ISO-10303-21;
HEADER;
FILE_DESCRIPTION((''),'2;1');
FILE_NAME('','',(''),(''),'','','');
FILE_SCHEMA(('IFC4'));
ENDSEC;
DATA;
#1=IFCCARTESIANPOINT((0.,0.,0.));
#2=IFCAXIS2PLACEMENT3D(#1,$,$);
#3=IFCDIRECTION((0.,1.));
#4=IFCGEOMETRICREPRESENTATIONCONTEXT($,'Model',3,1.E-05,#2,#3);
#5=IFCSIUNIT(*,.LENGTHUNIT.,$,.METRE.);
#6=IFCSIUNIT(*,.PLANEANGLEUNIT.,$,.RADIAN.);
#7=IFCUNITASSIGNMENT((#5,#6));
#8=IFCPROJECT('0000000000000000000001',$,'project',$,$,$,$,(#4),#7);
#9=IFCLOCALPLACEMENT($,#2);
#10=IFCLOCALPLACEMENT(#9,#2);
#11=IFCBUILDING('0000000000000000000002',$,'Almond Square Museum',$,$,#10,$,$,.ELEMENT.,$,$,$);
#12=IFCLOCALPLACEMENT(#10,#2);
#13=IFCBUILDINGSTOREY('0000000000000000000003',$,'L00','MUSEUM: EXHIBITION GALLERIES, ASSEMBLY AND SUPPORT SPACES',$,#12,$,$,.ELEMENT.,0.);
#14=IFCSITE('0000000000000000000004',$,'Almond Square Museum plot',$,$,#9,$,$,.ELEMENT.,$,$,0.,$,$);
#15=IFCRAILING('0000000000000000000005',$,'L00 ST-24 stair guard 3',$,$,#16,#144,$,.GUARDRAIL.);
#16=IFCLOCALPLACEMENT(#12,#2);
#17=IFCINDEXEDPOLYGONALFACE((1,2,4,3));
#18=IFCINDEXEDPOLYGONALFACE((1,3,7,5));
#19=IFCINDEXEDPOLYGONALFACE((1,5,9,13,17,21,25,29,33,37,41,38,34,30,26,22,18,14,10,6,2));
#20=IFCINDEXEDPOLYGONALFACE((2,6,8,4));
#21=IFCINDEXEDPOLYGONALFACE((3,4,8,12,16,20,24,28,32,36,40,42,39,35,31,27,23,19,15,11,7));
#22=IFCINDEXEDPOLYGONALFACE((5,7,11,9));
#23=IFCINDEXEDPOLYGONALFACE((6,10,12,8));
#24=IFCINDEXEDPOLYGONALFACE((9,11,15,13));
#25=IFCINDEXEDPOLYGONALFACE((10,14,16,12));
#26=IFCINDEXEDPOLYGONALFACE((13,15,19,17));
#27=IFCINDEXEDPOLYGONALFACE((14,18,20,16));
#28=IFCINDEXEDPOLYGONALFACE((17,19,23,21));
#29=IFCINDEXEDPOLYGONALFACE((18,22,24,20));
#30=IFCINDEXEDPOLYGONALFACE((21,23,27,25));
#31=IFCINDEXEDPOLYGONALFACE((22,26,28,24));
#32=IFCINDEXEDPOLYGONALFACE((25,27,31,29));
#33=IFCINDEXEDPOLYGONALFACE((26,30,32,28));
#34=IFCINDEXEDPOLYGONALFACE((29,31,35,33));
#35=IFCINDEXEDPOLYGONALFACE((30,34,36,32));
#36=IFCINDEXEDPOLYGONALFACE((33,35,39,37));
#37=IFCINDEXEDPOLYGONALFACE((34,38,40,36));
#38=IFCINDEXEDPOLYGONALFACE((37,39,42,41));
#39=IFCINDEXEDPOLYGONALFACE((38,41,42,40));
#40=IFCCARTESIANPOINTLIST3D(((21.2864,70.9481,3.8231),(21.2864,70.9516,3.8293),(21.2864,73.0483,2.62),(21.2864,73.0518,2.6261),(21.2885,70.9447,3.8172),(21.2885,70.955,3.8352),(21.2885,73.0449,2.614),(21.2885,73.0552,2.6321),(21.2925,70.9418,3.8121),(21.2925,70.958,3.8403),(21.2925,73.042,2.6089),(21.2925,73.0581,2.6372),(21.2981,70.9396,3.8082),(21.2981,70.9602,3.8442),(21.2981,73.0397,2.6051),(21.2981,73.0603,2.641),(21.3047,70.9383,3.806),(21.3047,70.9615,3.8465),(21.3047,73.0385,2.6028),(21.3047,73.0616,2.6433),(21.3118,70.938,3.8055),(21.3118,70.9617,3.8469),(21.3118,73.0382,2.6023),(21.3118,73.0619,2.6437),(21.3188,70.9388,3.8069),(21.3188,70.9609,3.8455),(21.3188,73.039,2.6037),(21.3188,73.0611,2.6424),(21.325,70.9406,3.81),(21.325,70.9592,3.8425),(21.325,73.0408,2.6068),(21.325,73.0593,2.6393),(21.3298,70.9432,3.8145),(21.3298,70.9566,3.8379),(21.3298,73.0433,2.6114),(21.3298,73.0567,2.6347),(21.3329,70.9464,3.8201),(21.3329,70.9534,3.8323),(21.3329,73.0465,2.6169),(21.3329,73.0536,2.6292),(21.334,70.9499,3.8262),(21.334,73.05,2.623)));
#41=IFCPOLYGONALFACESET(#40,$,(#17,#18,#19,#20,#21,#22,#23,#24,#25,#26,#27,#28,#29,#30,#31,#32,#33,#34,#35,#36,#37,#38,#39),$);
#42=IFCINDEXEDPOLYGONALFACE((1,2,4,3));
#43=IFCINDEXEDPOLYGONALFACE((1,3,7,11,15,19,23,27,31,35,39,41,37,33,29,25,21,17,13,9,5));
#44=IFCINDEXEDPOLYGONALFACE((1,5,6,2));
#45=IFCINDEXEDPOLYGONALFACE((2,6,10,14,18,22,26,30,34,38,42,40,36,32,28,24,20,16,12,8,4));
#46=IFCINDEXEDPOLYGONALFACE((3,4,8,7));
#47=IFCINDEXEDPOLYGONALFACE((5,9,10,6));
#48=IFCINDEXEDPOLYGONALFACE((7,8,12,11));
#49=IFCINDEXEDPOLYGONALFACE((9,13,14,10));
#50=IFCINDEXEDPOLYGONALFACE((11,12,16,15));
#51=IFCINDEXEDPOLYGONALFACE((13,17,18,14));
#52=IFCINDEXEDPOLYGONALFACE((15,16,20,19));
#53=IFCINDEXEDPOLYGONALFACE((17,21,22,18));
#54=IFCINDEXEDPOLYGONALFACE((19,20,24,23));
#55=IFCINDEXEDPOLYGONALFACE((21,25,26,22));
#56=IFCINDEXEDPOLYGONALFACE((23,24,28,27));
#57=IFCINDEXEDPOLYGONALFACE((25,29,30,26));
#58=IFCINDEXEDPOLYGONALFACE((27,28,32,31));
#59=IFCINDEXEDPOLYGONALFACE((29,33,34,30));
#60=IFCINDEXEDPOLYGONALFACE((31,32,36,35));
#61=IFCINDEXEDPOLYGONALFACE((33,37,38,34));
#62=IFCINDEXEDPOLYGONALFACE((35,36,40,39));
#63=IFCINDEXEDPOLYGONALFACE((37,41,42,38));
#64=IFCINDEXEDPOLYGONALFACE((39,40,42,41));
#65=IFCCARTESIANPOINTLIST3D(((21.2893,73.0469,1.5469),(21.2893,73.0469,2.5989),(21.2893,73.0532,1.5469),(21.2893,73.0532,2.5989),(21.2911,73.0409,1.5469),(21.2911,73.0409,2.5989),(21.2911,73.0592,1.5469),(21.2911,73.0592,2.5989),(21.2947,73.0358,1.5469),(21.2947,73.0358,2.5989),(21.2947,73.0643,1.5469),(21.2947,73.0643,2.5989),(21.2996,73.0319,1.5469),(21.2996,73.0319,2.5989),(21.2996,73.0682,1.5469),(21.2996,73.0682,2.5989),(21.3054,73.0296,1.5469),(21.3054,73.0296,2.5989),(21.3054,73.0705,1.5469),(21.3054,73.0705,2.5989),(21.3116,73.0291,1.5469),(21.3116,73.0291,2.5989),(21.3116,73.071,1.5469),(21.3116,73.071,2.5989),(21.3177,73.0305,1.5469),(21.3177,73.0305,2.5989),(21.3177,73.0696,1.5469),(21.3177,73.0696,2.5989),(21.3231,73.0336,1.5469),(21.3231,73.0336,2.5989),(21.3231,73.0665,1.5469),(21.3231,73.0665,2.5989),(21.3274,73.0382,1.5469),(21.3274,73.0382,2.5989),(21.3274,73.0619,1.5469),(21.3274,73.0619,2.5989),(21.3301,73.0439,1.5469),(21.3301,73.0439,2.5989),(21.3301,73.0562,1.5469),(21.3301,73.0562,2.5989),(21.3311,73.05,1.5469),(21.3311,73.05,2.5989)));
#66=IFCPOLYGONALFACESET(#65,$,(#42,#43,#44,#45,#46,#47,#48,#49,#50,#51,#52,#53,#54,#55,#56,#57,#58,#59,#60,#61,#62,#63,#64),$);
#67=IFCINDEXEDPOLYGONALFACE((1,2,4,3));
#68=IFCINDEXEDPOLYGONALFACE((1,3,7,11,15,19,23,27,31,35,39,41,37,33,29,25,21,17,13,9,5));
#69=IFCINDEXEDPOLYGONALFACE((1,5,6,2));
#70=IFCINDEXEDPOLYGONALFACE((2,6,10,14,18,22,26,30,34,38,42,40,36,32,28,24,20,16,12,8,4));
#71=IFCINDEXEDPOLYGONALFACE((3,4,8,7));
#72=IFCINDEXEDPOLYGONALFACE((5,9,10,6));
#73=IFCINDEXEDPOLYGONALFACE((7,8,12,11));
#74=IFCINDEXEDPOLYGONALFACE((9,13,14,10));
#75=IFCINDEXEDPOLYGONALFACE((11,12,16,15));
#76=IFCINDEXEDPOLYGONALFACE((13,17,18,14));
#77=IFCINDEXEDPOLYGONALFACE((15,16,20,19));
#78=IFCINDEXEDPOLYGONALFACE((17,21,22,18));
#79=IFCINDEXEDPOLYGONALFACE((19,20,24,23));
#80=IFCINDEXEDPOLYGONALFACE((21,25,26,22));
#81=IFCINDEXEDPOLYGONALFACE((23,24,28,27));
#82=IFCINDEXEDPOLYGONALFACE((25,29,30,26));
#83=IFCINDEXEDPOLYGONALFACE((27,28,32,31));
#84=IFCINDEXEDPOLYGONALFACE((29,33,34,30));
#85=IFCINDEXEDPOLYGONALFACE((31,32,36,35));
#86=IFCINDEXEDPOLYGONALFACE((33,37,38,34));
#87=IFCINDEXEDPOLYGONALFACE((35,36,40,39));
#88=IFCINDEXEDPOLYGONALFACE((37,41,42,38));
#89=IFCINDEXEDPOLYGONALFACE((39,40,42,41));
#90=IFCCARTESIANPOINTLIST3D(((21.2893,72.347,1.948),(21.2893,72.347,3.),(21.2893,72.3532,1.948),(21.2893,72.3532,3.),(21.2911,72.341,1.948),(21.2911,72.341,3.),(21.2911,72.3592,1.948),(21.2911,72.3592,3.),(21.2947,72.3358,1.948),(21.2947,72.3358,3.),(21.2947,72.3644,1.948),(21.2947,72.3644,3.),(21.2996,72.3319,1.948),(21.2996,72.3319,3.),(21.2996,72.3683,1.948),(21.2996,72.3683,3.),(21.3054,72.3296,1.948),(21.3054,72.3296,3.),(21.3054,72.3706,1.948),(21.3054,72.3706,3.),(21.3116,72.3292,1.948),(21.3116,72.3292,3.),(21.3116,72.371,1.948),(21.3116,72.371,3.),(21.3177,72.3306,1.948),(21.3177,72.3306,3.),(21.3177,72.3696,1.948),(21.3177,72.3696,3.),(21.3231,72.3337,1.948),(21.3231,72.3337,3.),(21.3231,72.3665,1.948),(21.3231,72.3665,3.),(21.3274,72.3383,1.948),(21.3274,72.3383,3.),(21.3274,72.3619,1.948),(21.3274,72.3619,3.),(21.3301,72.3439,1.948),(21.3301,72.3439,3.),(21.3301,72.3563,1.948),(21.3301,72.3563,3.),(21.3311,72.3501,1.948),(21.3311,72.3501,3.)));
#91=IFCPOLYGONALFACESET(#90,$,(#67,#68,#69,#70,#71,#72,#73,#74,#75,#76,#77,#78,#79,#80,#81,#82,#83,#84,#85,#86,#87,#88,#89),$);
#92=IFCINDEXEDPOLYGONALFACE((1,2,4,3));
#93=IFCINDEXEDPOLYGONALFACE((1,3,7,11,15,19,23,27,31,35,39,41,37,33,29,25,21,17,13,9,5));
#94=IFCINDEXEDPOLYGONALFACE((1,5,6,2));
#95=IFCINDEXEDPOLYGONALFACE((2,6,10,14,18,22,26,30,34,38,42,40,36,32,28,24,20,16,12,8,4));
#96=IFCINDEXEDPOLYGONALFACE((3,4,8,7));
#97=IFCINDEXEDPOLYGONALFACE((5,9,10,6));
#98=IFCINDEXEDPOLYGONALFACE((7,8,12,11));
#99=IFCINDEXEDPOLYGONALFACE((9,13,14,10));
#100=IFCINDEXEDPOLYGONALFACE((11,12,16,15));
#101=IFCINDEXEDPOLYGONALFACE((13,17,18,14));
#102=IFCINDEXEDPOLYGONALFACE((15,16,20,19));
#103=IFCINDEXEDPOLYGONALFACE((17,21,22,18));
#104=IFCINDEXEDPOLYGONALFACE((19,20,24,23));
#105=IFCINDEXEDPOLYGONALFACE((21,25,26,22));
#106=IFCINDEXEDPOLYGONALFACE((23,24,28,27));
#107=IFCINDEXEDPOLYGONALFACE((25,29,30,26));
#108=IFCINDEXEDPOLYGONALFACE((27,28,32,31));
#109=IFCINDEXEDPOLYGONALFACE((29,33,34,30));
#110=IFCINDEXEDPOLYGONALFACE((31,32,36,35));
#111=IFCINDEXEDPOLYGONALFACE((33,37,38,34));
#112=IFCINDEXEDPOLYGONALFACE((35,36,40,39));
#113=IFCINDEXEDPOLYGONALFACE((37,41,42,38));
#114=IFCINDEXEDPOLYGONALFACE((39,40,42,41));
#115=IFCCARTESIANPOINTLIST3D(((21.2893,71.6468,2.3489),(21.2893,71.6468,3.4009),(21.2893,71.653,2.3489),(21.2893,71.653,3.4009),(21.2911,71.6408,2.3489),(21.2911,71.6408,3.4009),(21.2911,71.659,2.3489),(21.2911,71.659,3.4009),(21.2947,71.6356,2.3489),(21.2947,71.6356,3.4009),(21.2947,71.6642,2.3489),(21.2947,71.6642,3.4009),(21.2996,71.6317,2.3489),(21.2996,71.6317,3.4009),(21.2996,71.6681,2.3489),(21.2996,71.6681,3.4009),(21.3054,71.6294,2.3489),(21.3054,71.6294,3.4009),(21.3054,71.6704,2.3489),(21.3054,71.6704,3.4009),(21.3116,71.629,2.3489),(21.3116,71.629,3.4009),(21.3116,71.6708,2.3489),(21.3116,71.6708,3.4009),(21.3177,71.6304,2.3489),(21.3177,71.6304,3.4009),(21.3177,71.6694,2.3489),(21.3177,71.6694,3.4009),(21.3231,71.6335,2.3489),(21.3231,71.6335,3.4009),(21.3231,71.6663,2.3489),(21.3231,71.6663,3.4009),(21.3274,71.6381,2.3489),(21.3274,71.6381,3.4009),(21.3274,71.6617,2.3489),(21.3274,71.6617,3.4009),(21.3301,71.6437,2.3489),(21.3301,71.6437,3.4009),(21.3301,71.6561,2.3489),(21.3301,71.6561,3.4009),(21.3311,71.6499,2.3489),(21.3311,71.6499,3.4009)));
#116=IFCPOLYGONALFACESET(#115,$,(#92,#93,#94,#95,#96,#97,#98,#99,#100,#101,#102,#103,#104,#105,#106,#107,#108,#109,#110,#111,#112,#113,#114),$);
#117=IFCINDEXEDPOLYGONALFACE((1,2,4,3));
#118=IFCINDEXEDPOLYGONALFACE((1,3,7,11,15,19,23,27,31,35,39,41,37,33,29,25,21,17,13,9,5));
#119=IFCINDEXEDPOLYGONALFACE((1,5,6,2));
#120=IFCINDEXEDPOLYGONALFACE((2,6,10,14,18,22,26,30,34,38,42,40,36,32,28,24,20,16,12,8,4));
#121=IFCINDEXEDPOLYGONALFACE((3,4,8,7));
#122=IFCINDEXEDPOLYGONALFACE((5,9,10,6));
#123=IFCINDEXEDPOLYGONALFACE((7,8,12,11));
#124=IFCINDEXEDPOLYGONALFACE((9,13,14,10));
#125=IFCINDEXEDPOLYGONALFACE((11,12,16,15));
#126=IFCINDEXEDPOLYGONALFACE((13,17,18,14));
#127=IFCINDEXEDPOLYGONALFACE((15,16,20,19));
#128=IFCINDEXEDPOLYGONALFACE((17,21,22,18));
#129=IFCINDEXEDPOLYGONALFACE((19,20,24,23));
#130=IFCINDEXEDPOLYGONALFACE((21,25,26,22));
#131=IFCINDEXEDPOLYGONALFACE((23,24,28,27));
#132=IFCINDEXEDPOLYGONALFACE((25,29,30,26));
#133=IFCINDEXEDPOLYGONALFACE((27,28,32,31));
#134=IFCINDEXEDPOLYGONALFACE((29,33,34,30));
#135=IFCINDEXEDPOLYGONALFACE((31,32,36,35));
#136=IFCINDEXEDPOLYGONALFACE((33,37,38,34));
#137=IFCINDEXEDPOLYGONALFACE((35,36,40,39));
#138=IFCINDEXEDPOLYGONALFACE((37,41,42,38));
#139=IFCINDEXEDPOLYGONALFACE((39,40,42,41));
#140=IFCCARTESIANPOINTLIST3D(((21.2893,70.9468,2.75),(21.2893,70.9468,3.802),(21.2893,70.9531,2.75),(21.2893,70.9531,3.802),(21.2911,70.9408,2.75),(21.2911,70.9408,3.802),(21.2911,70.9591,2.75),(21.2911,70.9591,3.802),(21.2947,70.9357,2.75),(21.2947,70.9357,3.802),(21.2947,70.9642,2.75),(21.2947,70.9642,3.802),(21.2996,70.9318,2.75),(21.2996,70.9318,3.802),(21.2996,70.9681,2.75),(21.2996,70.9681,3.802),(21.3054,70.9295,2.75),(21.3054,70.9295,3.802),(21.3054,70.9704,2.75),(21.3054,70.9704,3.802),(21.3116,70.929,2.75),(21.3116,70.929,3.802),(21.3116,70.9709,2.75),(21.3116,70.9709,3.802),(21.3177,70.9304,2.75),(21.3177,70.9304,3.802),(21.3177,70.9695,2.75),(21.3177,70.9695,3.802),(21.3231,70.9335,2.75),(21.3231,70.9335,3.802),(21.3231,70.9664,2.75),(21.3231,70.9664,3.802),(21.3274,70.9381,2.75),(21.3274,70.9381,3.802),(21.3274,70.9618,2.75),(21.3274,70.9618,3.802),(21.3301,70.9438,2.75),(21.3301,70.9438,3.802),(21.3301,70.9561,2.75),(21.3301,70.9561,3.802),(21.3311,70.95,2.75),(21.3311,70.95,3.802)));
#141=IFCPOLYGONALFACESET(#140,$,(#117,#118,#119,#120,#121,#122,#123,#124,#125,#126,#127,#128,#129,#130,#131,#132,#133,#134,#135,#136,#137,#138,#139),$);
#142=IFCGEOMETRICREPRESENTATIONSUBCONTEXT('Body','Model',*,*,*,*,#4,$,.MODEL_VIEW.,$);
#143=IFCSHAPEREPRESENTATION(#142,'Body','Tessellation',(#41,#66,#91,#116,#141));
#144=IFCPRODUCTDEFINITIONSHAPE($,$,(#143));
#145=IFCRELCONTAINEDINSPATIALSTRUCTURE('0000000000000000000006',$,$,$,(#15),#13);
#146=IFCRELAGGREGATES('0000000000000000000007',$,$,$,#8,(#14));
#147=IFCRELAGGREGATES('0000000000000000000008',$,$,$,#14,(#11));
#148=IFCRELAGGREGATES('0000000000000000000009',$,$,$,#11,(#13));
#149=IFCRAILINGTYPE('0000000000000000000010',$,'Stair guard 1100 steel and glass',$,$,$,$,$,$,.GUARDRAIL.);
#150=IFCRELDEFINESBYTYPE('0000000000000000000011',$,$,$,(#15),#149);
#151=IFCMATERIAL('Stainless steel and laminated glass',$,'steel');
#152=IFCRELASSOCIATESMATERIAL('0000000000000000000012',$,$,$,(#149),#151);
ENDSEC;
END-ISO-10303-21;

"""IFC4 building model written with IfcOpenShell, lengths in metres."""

from ifc_helpers import new_model, si_unit, direction, frame, origin, origin_2d, place, context, subcontext, project, spatial, circle, extrude, material, type_object, element, save


model = new_model("IFC4")

# Units and contexts
model_context = context("Model", 3, precision=1e-05, world=origin(), true_north=direction((0.0, 1.0)))
body_context = subcontext(model_context, "Body", "Model", "MODEL_VIEW")
ifc_project = project(units=[si_unit("LENGTHUNIT", "METRE"), si_unit("PLANEANGLEUNIT", "RADIAN")], contexts=[model_context])

# Site, building, storey
site_placement = place(None, origin())
site = spatial("IfcSite", under=ifc_project, at=site_placement, Name="Almond Square Museum plot", CompositionType="ELEMENT", RefElevation=0.0)
building_placement = place(site_placement, origin())
building = spatial("IfcBuilding", under=site, at=building_placement, Name="Almond Square Museum", CompositionType="ELEMENT")
storey_placement = place(building_placement, origin())
storey = spatial("IfcBuildingStorey", under=building, at=storey_placement, Name="L00", Description="MUSEUM: EXHIBITION GALLERIES, ASSEMBLY AND SUPPORT SPACES", CompositionType="ELEMENT", Elevation=0.0)

# Railing
ifc_material_1 = material(Name="Stainless steel and laminated glass", Category="steel")
railing_type_1 = type_object("IfcRailingType", Name="Stair guard 1100 steel and glass", PredefinedType="GUARDRAIL", material=ifc_material_1)
for number, where, name in (
    (1, (21.3101, 73.05, 1.5469), "L00 ST-24 stair guard 3"),
):
    element("IfcRailing", number, at=place(storey_placement, frame(where)), inside=storey, type_object=railing_type_1, Name=name, PredefinedType="GUARDRAIL", context=body_context, shape_type="SweptSolid", body=[
        extrude(circle(Radius=0.0239, at=origin_2d()), frame((0.0, 0.0, 1.0762), z_axis=(0.0, -0.867696, 0.497095), x_axis=(1.0, 0.0, 0.0)), (0.0, 0.0, 1.0), 2.4204),
        extrude(circle(Radius=0.021, at=origin_2d()), origin(), (0.0, 0.0, 1.0), 1.052),
        extrude(circle(Radius=0.021, at=origin_2d()), frame((0.0, -0.7, 0.4011)), (0.0, 0.0, 1.0), 1.052),
        extrude(circle(Radius=0.021, at=origin_2d()), frame((0.0, -1.4001, 0.802)), (0.0, 0.0, 1.0), 1.052),
        extrude(circle(Radius=0.021, at=origin_2d()), frame((0.0, -2.1001, 1.2031)), (0.0, 0.0, 1.0), 1.052),
    ])

save(model, "model.ifc")
